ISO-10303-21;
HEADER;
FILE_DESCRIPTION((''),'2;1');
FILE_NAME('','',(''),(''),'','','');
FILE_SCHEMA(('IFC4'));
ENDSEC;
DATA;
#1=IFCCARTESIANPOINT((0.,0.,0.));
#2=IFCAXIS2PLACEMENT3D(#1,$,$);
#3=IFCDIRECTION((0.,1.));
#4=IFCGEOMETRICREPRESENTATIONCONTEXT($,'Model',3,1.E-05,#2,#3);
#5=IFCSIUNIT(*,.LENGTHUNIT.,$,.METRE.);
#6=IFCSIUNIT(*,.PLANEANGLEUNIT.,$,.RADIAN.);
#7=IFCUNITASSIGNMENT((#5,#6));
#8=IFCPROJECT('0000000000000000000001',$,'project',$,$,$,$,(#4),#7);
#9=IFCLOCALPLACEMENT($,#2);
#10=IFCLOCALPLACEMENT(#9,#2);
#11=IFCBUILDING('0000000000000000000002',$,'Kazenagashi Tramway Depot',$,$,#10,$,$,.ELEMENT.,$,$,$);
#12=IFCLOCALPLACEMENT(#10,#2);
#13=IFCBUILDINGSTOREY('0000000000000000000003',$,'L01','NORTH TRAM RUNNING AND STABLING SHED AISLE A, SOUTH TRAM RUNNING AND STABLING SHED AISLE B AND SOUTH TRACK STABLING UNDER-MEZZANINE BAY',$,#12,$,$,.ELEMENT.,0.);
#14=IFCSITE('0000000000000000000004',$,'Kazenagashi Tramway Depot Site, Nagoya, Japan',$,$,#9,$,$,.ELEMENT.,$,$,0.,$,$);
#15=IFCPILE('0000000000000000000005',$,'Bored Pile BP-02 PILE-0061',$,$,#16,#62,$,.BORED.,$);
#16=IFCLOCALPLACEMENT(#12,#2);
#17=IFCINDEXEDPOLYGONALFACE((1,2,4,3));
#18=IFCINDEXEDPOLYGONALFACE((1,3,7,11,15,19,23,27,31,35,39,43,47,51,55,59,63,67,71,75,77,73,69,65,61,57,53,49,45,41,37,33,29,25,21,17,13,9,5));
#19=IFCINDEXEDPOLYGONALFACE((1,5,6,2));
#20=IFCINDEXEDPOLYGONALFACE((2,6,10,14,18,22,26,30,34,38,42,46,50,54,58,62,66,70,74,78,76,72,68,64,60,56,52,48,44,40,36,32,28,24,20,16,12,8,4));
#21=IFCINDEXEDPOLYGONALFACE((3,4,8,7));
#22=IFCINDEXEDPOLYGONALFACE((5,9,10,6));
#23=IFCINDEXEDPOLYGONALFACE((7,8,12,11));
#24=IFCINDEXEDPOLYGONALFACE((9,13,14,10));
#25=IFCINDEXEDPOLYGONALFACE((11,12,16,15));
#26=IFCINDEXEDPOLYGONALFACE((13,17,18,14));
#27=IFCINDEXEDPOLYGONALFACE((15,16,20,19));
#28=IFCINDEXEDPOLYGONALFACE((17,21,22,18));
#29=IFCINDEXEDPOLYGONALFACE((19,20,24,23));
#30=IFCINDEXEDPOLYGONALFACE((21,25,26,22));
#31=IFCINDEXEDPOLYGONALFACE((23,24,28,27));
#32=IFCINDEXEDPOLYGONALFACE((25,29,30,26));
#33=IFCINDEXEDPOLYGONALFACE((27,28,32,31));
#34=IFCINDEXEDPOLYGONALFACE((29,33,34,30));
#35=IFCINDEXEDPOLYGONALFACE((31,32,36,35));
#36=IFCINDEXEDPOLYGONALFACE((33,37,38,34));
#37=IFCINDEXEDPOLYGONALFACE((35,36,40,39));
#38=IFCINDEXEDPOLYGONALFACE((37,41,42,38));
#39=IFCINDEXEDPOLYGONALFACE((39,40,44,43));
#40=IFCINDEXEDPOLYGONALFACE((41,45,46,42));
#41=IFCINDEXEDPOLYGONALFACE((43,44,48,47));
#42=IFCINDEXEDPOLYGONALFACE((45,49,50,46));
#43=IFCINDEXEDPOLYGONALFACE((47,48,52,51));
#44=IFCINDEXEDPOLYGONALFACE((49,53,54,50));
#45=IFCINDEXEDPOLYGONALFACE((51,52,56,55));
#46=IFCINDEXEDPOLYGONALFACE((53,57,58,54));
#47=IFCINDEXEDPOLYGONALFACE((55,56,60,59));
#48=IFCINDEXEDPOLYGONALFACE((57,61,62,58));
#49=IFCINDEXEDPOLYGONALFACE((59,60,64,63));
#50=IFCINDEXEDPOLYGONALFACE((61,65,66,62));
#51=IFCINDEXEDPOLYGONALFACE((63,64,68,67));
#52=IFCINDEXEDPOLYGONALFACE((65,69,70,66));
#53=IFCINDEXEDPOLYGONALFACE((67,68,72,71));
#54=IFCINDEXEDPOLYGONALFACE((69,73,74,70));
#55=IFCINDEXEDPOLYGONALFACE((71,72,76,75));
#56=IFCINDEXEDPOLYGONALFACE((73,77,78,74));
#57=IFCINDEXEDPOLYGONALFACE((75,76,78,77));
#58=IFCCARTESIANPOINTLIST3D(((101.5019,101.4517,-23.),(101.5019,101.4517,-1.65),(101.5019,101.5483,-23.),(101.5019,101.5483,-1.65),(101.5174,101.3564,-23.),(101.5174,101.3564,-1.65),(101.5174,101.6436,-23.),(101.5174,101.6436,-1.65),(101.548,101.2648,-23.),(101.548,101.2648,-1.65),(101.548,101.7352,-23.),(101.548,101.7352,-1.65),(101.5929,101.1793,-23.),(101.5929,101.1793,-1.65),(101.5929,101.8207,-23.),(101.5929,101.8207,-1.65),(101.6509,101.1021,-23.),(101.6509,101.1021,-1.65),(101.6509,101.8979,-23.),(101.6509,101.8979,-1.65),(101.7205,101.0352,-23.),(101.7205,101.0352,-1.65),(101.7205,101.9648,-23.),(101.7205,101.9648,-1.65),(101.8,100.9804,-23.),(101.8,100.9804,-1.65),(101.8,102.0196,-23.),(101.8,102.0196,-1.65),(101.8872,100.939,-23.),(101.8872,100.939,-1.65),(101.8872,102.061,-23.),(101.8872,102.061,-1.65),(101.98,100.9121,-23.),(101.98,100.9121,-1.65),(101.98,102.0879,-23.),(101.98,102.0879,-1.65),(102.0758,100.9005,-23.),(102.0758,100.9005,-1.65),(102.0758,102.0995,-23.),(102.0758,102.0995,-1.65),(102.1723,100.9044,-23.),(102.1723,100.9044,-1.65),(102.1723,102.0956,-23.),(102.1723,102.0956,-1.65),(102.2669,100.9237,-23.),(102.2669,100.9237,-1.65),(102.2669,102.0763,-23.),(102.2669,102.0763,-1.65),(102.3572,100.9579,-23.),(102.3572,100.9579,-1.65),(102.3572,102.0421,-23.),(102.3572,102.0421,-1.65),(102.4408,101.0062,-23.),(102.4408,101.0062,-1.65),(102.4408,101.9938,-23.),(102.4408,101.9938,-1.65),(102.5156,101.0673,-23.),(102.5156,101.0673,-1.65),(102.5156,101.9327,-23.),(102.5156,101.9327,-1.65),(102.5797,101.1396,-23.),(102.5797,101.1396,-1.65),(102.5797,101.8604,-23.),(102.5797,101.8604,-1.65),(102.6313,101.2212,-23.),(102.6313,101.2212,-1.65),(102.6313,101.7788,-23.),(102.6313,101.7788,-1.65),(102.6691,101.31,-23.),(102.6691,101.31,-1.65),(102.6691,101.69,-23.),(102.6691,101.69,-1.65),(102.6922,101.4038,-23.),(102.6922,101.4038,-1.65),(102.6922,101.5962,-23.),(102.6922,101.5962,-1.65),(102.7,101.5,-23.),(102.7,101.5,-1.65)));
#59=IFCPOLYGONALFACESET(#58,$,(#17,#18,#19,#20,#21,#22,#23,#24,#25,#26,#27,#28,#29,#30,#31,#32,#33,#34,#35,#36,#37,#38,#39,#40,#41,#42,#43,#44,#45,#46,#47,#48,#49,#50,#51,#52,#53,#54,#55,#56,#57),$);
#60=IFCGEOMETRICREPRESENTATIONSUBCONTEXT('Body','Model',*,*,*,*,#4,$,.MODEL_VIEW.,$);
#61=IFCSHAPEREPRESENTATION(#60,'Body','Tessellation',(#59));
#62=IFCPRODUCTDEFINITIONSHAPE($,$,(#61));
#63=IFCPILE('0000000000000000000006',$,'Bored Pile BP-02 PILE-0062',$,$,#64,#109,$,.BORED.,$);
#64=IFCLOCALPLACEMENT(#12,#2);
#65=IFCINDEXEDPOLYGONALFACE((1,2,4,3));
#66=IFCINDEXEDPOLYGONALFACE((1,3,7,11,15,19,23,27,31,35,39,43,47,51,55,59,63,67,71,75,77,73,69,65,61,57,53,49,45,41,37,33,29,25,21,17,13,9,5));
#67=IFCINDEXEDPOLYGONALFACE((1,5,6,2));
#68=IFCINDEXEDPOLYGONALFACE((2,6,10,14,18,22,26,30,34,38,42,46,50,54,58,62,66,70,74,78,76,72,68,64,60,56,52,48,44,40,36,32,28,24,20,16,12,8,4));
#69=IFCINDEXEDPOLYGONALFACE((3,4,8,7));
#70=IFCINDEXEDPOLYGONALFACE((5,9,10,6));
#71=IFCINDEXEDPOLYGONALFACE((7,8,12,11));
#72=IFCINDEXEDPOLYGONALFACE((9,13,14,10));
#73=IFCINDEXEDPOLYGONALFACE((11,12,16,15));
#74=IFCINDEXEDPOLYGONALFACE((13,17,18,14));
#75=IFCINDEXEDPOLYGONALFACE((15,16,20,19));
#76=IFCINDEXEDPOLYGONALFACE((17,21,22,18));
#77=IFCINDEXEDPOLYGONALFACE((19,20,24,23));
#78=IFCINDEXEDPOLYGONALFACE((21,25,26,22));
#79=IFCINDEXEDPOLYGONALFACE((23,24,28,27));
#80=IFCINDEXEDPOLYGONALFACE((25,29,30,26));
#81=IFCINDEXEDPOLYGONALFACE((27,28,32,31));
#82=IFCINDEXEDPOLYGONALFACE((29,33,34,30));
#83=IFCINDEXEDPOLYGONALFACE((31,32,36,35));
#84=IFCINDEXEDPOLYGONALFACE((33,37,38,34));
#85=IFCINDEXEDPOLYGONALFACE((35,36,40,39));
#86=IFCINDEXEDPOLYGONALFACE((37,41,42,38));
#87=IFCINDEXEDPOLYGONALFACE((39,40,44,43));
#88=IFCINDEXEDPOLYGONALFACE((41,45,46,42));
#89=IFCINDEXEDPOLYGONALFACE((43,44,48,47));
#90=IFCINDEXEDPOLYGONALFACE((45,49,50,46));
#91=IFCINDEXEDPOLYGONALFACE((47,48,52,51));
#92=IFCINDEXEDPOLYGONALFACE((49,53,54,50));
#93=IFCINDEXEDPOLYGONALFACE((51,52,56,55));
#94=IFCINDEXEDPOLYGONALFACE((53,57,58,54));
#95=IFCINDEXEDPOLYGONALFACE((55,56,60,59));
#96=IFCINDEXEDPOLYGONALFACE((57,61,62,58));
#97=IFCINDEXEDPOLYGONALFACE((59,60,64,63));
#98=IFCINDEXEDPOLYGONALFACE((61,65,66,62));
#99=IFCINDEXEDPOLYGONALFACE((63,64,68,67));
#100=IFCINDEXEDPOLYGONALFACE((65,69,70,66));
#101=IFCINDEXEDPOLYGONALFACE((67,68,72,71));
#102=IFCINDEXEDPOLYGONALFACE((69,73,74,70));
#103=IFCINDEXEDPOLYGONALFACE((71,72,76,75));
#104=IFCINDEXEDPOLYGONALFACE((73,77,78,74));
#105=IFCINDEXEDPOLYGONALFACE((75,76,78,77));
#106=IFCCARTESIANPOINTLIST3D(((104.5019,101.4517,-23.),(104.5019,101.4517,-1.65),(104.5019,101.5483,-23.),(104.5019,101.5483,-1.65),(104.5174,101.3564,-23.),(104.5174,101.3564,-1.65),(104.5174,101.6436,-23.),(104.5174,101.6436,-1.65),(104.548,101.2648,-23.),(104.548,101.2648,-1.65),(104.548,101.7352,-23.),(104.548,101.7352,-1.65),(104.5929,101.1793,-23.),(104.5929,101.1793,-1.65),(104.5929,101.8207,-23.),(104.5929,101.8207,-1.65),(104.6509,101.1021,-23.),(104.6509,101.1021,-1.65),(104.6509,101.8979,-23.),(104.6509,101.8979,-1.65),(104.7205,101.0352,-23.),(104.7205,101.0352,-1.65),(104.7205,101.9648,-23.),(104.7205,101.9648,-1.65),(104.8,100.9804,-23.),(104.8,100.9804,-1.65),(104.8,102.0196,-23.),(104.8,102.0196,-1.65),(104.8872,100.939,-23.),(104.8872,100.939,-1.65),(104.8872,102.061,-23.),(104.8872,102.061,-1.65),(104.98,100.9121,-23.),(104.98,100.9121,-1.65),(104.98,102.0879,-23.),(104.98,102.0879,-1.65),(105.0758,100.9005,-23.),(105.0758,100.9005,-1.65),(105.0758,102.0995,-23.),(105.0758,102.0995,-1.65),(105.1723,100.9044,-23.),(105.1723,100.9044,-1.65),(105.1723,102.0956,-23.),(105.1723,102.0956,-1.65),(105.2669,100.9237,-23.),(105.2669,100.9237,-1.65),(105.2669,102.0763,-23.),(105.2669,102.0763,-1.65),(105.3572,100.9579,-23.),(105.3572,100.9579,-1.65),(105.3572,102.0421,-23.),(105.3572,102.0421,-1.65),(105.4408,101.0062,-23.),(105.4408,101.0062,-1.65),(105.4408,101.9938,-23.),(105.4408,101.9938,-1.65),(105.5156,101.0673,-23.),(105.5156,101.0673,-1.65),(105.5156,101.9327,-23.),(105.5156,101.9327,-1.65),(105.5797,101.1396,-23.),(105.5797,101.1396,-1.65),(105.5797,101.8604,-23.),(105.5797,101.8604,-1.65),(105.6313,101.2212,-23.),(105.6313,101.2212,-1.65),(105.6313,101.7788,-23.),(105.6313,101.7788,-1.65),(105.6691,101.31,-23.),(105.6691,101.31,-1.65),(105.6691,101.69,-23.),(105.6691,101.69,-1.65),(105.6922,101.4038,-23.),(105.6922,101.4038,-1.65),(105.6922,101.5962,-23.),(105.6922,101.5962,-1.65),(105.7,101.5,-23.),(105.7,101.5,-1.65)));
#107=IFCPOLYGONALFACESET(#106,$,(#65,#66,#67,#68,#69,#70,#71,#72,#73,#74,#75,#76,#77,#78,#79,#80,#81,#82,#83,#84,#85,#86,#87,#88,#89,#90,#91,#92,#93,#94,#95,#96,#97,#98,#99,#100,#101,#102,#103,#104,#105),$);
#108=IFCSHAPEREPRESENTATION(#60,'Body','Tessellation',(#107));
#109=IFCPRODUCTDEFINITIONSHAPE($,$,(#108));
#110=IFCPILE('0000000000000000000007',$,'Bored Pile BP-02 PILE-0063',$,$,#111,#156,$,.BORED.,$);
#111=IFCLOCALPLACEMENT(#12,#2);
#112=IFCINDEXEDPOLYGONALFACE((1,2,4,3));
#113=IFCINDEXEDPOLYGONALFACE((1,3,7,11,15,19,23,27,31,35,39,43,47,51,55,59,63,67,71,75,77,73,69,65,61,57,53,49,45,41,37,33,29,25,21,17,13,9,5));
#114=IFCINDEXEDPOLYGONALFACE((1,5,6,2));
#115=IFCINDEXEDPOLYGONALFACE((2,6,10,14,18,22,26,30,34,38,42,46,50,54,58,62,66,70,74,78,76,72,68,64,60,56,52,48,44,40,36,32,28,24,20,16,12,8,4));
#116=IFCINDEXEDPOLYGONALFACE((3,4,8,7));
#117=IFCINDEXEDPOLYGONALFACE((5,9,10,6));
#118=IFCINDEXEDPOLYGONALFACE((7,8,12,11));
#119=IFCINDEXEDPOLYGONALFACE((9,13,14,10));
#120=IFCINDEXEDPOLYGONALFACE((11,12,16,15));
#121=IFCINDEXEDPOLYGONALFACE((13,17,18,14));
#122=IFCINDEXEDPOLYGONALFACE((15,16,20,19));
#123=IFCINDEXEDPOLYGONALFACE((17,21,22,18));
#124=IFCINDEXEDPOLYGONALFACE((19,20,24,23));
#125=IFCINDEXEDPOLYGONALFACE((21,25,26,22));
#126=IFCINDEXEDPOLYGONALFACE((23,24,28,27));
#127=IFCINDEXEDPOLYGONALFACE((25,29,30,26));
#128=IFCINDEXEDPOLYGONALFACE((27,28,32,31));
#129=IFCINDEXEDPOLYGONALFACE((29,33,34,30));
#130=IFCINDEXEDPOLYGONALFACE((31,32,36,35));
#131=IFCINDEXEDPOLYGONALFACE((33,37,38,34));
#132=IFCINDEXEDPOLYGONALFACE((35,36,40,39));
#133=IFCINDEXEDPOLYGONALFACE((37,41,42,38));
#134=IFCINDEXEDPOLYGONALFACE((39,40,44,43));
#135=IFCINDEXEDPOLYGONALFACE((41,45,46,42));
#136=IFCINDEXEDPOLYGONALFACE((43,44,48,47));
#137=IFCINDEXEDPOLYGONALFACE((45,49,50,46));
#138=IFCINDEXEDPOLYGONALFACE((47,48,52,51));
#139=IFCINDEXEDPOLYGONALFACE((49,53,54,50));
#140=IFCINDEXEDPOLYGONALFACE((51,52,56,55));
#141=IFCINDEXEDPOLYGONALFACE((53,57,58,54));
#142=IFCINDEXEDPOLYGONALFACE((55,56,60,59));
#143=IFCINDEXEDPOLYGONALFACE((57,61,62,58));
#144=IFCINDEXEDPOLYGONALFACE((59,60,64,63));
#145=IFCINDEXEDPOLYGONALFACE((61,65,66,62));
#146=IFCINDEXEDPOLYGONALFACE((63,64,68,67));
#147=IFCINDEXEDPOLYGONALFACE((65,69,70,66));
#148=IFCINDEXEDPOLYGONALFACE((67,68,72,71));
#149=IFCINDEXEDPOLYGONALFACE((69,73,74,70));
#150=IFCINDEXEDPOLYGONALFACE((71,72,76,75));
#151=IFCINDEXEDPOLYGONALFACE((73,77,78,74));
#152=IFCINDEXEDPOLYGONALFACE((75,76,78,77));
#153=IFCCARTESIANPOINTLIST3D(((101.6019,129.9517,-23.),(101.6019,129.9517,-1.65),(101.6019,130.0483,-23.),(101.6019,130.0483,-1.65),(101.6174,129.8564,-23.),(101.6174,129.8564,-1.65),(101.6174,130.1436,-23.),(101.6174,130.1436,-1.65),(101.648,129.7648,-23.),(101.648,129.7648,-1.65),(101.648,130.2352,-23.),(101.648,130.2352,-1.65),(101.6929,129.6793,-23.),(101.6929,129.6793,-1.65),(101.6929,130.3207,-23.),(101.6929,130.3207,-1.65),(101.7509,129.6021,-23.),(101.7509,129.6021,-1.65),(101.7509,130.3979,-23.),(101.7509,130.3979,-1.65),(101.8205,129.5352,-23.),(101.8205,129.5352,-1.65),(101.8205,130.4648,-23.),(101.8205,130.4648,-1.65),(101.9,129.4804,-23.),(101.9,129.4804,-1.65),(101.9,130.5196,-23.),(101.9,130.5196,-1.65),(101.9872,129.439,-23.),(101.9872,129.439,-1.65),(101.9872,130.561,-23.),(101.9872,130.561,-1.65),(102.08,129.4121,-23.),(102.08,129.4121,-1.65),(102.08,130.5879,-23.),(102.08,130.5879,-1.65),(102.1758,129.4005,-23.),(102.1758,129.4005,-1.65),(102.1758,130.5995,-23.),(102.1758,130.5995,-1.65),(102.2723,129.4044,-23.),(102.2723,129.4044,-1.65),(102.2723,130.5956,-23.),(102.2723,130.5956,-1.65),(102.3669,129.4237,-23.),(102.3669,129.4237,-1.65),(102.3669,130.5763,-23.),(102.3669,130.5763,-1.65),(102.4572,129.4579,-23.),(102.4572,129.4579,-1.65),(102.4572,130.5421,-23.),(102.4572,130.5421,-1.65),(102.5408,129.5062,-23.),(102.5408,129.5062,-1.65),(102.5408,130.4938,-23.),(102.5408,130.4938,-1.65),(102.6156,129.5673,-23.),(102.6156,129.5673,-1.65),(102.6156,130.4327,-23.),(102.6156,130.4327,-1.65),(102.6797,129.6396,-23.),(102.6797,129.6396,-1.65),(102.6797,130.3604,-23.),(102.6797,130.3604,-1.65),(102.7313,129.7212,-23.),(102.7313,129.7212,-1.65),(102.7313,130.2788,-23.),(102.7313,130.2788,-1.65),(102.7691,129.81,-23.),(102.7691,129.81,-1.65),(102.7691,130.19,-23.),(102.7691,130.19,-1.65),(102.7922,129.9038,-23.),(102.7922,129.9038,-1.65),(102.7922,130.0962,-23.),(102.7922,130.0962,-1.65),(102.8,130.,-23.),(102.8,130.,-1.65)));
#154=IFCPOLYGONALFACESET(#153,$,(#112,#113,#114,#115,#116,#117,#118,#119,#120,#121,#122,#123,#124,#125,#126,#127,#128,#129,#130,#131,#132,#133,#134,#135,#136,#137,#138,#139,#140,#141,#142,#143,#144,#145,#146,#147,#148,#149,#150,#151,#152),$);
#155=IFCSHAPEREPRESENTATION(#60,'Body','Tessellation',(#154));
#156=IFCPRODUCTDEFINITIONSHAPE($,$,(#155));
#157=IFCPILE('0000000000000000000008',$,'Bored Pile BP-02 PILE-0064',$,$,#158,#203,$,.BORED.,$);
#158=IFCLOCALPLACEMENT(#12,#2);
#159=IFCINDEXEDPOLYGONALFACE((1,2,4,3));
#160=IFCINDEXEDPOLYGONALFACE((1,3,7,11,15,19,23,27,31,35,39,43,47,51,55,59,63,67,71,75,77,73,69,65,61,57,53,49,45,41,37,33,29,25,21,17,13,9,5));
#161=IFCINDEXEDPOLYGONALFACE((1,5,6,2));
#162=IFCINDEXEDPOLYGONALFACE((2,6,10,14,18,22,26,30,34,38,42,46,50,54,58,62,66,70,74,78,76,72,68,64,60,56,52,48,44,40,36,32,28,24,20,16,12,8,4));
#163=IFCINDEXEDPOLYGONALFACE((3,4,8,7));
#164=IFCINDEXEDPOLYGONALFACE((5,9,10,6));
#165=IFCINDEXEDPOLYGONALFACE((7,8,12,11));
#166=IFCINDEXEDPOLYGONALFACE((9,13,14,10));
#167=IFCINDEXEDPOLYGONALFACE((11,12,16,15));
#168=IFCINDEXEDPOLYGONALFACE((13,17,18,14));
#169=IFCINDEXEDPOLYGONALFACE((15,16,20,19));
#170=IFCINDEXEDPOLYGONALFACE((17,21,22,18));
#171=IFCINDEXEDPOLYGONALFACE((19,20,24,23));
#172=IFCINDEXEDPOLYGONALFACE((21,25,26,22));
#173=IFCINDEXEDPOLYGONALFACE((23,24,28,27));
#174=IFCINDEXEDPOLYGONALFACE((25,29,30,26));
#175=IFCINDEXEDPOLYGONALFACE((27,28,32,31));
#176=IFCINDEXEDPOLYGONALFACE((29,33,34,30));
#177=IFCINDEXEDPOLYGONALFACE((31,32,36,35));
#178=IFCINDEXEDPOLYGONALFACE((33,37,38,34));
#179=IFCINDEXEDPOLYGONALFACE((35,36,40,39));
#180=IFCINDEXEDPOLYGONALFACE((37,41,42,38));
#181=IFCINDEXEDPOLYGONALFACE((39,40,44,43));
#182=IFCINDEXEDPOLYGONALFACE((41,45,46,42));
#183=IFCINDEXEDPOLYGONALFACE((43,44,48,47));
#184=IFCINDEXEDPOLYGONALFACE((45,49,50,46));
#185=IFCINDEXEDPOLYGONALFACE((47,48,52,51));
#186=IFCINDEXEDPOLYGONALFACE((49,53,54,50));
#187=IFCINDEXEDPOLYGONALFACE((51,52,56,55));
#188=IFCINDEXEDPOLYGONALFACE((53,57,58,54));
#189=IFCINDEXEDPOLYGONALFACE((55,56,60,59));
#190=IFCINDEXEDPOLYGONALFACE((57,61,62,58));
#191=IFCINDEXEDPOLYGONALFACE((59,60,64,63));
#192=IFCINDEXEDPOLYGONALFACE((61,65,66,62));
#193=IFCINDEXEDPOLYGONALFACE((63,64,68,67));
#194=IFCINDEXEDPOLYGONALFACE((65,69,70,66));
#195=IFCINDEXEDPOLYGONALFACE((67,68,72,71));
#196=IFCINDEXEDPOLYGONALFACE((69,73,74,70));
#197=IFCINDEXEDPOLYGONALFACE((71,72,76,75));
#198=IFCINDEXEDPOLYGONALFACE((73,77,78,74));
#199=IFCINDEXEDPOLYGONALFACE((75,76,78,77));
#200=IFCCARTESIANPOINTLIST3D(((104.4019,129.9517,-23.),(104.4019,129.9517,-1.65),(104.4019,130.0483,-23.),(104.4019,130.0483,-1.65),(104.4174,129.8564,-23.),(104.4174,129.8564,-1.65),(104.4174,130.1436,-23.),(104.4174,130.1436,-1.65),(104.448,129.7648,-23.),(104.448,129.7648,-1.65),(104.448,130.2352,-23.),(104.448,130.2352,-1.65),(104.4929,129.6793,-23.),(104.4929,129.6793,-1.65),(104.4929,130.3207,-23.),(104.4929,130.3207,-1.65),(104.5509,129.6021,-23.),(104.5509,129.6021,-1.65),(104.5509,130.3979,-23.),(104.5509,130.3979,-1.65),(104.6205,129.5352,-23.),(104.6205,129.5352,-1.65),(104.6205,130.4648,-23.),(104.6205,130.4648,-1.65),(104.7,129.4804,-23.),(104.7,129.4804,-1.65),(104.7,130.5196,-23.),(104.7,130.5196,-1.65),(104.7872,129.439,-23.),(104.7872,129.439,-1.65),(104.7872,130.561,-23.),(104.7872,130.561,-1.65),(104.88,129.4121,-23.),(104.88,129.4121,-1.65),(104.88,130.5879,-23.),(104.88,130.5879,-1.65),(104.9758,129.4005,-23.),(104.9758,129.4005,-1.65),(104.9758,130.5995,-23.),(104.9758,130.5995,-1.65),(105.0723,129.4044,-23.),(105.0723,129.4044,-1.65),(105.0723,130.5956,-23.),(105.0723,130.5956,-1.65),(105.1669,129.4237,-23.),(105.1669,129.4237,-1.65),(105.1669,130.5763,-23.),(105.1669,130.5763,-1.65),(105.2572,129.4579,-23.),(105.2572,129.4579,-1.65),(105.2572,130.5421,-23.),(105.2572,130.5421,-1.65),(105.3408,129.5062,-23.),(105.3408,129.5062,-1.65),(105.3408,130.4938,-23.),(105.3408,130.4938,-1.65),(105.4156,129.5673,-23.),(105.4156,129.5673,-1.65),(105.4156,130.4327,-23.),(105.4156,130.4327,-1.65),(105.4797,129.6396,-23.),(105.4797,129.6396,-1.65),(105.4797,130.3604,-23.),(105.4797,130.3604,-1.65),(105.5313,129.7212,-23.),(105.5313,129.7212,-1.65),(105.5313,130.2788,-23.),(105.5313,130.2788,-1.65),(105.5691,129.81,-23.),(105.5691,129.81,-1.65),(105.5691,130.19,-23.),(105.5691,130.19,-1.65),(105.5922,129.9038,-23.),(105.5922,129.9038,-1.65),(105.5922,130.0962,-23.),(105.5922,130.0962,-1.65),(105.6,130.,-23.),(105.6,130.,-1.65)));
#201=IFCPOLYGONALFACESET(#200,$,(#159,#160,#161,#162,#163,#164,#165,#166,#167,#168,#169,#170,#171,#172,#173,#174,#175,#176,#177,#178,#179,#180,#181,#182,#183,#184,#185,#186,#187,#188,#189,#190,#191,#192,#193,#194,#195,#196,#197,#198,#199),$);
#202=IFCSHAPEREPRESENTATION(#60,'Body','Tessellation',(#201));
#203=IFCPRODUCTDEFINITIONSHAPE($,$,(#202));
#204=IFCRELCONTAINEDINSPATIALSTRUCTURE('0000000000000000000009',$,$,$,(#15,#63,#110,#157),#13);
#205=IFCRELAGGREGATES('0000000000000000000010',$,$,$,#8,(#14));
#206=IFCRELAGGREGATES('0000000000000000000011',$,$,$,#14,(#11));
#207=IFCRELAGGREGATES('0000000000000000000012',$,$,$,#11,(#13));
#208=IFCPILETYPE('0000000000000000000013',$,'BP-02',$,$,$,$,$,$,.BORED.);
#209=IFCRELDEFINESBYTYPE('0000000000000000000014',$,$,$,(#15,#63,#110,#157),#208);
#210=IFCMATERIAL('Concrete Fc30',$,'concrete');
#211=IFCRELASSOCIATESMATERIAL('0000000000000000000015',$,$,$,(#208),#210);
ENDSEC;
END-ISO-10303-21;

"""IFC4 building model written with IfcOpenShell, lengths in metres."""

from ifc_helpers import new_model, si_unit, direction, frame, origin, origin_2d, place, context, subcontext, project, spatial, circle, extrude, material, material_profile, profile_set, type_object, element, save


model = new_model("IFC4")

# Units and contexts
model_context = context("Model", 3, precision=1e-05, world=origin(), true_north=direction((0.0, 1.0)))
body_context = subcontext(model_context, "Body", "Model", "MODEL_VIEW")
ifc_project = project(units=[si_unit("LENGTHUNIT", "METRE"), si_unit("PLANEANGLEUNIT", "RADIAN")], contexts=[model_context])

# Site, building, storey
site_placement = place(None, origin())
site = spatial("IfcSite", under=ifc_project, at=site_placement, Name="Kazenagashi Tramway Depot Site, Nagoya, Japan", CompositionType="ELEMENT", RefElevation=0.0)
building_placement = place(site_placement, origin())
building = spatial("IfcBuilding", under=site, at=building_placement, Name="Kazenagashi Tramway Depot", CompositionType="ELEMENT")
storey_placement = place(building_placement, origin())
storey = spatial("IfcBuildingStorey", under=building, at=storey_placement, Name="L01", Description="NORTH TRAM RUNNING AND STABLING SHED AISLE A, SOUTH TRAM RUNNING AND STABLING SHED AISLE B AND SOUTH TRACK STABLING UNDER-MEZZANINE BAY", CompositionType="ELEMENT", Elevation=0.0)

# Piles
ifc_material_1 = material(Name="Concrete Fc30", Category="concrete")
ifc_material_profile_1 = material_profile(ifc_material_1, circle(Radius=0.6, at=origin_2d()), Name="PILE-1200")
ifc_profile_set_1 = profile_set([ifc_material_profile_1], Name="Concrete Fc30")
pile_type = type_object("IfcPileType", Name="BP-02", PredefinedType="BORED", material=ifc_profile_set_1)
for number, where, z_axis, x_axis, name in (
    (1, (102.1, 101.5, -1.65), (0.0, 0.0, -1.0), (1.0, 0.0, 0.0), "Bored Pile BP-02 PILE-0061"),
    (2, (105.1, 101.5, -1.65), (0.0, 0.0, -1.0), (1.0, 0.0, 0.0), "Bored Pile BP-02 PILE-0062"),
    (3, (102.2, 130.0, -1.65), (0.0, 0.0, -1.0), (1.0, 0.0, 0.0), "Bored Pile BP-02 PILE-0063"),
    (4, (105.0, 130.0, -1.65), (0.0, 0.0, -1.0), (1.0, 0.0, 0.0), "Bored Pile BP-02 PILE-0064"),
):
    element("IfcPile", number, at=place(storey_placement, frame(where, z_axis=z_axis, x_axis=x_axis)), inside=storey, type_object=pile_type, Name=name, PredefinedType="BORED", context=body_context, shape_type="SweptSolid", body=[
        extrude(circle(Radius=0.6, at=origin_2d()), origin(), (0.0, 0.0, 1.0), 21.35),
    ])

save(model, "model.ifc")
